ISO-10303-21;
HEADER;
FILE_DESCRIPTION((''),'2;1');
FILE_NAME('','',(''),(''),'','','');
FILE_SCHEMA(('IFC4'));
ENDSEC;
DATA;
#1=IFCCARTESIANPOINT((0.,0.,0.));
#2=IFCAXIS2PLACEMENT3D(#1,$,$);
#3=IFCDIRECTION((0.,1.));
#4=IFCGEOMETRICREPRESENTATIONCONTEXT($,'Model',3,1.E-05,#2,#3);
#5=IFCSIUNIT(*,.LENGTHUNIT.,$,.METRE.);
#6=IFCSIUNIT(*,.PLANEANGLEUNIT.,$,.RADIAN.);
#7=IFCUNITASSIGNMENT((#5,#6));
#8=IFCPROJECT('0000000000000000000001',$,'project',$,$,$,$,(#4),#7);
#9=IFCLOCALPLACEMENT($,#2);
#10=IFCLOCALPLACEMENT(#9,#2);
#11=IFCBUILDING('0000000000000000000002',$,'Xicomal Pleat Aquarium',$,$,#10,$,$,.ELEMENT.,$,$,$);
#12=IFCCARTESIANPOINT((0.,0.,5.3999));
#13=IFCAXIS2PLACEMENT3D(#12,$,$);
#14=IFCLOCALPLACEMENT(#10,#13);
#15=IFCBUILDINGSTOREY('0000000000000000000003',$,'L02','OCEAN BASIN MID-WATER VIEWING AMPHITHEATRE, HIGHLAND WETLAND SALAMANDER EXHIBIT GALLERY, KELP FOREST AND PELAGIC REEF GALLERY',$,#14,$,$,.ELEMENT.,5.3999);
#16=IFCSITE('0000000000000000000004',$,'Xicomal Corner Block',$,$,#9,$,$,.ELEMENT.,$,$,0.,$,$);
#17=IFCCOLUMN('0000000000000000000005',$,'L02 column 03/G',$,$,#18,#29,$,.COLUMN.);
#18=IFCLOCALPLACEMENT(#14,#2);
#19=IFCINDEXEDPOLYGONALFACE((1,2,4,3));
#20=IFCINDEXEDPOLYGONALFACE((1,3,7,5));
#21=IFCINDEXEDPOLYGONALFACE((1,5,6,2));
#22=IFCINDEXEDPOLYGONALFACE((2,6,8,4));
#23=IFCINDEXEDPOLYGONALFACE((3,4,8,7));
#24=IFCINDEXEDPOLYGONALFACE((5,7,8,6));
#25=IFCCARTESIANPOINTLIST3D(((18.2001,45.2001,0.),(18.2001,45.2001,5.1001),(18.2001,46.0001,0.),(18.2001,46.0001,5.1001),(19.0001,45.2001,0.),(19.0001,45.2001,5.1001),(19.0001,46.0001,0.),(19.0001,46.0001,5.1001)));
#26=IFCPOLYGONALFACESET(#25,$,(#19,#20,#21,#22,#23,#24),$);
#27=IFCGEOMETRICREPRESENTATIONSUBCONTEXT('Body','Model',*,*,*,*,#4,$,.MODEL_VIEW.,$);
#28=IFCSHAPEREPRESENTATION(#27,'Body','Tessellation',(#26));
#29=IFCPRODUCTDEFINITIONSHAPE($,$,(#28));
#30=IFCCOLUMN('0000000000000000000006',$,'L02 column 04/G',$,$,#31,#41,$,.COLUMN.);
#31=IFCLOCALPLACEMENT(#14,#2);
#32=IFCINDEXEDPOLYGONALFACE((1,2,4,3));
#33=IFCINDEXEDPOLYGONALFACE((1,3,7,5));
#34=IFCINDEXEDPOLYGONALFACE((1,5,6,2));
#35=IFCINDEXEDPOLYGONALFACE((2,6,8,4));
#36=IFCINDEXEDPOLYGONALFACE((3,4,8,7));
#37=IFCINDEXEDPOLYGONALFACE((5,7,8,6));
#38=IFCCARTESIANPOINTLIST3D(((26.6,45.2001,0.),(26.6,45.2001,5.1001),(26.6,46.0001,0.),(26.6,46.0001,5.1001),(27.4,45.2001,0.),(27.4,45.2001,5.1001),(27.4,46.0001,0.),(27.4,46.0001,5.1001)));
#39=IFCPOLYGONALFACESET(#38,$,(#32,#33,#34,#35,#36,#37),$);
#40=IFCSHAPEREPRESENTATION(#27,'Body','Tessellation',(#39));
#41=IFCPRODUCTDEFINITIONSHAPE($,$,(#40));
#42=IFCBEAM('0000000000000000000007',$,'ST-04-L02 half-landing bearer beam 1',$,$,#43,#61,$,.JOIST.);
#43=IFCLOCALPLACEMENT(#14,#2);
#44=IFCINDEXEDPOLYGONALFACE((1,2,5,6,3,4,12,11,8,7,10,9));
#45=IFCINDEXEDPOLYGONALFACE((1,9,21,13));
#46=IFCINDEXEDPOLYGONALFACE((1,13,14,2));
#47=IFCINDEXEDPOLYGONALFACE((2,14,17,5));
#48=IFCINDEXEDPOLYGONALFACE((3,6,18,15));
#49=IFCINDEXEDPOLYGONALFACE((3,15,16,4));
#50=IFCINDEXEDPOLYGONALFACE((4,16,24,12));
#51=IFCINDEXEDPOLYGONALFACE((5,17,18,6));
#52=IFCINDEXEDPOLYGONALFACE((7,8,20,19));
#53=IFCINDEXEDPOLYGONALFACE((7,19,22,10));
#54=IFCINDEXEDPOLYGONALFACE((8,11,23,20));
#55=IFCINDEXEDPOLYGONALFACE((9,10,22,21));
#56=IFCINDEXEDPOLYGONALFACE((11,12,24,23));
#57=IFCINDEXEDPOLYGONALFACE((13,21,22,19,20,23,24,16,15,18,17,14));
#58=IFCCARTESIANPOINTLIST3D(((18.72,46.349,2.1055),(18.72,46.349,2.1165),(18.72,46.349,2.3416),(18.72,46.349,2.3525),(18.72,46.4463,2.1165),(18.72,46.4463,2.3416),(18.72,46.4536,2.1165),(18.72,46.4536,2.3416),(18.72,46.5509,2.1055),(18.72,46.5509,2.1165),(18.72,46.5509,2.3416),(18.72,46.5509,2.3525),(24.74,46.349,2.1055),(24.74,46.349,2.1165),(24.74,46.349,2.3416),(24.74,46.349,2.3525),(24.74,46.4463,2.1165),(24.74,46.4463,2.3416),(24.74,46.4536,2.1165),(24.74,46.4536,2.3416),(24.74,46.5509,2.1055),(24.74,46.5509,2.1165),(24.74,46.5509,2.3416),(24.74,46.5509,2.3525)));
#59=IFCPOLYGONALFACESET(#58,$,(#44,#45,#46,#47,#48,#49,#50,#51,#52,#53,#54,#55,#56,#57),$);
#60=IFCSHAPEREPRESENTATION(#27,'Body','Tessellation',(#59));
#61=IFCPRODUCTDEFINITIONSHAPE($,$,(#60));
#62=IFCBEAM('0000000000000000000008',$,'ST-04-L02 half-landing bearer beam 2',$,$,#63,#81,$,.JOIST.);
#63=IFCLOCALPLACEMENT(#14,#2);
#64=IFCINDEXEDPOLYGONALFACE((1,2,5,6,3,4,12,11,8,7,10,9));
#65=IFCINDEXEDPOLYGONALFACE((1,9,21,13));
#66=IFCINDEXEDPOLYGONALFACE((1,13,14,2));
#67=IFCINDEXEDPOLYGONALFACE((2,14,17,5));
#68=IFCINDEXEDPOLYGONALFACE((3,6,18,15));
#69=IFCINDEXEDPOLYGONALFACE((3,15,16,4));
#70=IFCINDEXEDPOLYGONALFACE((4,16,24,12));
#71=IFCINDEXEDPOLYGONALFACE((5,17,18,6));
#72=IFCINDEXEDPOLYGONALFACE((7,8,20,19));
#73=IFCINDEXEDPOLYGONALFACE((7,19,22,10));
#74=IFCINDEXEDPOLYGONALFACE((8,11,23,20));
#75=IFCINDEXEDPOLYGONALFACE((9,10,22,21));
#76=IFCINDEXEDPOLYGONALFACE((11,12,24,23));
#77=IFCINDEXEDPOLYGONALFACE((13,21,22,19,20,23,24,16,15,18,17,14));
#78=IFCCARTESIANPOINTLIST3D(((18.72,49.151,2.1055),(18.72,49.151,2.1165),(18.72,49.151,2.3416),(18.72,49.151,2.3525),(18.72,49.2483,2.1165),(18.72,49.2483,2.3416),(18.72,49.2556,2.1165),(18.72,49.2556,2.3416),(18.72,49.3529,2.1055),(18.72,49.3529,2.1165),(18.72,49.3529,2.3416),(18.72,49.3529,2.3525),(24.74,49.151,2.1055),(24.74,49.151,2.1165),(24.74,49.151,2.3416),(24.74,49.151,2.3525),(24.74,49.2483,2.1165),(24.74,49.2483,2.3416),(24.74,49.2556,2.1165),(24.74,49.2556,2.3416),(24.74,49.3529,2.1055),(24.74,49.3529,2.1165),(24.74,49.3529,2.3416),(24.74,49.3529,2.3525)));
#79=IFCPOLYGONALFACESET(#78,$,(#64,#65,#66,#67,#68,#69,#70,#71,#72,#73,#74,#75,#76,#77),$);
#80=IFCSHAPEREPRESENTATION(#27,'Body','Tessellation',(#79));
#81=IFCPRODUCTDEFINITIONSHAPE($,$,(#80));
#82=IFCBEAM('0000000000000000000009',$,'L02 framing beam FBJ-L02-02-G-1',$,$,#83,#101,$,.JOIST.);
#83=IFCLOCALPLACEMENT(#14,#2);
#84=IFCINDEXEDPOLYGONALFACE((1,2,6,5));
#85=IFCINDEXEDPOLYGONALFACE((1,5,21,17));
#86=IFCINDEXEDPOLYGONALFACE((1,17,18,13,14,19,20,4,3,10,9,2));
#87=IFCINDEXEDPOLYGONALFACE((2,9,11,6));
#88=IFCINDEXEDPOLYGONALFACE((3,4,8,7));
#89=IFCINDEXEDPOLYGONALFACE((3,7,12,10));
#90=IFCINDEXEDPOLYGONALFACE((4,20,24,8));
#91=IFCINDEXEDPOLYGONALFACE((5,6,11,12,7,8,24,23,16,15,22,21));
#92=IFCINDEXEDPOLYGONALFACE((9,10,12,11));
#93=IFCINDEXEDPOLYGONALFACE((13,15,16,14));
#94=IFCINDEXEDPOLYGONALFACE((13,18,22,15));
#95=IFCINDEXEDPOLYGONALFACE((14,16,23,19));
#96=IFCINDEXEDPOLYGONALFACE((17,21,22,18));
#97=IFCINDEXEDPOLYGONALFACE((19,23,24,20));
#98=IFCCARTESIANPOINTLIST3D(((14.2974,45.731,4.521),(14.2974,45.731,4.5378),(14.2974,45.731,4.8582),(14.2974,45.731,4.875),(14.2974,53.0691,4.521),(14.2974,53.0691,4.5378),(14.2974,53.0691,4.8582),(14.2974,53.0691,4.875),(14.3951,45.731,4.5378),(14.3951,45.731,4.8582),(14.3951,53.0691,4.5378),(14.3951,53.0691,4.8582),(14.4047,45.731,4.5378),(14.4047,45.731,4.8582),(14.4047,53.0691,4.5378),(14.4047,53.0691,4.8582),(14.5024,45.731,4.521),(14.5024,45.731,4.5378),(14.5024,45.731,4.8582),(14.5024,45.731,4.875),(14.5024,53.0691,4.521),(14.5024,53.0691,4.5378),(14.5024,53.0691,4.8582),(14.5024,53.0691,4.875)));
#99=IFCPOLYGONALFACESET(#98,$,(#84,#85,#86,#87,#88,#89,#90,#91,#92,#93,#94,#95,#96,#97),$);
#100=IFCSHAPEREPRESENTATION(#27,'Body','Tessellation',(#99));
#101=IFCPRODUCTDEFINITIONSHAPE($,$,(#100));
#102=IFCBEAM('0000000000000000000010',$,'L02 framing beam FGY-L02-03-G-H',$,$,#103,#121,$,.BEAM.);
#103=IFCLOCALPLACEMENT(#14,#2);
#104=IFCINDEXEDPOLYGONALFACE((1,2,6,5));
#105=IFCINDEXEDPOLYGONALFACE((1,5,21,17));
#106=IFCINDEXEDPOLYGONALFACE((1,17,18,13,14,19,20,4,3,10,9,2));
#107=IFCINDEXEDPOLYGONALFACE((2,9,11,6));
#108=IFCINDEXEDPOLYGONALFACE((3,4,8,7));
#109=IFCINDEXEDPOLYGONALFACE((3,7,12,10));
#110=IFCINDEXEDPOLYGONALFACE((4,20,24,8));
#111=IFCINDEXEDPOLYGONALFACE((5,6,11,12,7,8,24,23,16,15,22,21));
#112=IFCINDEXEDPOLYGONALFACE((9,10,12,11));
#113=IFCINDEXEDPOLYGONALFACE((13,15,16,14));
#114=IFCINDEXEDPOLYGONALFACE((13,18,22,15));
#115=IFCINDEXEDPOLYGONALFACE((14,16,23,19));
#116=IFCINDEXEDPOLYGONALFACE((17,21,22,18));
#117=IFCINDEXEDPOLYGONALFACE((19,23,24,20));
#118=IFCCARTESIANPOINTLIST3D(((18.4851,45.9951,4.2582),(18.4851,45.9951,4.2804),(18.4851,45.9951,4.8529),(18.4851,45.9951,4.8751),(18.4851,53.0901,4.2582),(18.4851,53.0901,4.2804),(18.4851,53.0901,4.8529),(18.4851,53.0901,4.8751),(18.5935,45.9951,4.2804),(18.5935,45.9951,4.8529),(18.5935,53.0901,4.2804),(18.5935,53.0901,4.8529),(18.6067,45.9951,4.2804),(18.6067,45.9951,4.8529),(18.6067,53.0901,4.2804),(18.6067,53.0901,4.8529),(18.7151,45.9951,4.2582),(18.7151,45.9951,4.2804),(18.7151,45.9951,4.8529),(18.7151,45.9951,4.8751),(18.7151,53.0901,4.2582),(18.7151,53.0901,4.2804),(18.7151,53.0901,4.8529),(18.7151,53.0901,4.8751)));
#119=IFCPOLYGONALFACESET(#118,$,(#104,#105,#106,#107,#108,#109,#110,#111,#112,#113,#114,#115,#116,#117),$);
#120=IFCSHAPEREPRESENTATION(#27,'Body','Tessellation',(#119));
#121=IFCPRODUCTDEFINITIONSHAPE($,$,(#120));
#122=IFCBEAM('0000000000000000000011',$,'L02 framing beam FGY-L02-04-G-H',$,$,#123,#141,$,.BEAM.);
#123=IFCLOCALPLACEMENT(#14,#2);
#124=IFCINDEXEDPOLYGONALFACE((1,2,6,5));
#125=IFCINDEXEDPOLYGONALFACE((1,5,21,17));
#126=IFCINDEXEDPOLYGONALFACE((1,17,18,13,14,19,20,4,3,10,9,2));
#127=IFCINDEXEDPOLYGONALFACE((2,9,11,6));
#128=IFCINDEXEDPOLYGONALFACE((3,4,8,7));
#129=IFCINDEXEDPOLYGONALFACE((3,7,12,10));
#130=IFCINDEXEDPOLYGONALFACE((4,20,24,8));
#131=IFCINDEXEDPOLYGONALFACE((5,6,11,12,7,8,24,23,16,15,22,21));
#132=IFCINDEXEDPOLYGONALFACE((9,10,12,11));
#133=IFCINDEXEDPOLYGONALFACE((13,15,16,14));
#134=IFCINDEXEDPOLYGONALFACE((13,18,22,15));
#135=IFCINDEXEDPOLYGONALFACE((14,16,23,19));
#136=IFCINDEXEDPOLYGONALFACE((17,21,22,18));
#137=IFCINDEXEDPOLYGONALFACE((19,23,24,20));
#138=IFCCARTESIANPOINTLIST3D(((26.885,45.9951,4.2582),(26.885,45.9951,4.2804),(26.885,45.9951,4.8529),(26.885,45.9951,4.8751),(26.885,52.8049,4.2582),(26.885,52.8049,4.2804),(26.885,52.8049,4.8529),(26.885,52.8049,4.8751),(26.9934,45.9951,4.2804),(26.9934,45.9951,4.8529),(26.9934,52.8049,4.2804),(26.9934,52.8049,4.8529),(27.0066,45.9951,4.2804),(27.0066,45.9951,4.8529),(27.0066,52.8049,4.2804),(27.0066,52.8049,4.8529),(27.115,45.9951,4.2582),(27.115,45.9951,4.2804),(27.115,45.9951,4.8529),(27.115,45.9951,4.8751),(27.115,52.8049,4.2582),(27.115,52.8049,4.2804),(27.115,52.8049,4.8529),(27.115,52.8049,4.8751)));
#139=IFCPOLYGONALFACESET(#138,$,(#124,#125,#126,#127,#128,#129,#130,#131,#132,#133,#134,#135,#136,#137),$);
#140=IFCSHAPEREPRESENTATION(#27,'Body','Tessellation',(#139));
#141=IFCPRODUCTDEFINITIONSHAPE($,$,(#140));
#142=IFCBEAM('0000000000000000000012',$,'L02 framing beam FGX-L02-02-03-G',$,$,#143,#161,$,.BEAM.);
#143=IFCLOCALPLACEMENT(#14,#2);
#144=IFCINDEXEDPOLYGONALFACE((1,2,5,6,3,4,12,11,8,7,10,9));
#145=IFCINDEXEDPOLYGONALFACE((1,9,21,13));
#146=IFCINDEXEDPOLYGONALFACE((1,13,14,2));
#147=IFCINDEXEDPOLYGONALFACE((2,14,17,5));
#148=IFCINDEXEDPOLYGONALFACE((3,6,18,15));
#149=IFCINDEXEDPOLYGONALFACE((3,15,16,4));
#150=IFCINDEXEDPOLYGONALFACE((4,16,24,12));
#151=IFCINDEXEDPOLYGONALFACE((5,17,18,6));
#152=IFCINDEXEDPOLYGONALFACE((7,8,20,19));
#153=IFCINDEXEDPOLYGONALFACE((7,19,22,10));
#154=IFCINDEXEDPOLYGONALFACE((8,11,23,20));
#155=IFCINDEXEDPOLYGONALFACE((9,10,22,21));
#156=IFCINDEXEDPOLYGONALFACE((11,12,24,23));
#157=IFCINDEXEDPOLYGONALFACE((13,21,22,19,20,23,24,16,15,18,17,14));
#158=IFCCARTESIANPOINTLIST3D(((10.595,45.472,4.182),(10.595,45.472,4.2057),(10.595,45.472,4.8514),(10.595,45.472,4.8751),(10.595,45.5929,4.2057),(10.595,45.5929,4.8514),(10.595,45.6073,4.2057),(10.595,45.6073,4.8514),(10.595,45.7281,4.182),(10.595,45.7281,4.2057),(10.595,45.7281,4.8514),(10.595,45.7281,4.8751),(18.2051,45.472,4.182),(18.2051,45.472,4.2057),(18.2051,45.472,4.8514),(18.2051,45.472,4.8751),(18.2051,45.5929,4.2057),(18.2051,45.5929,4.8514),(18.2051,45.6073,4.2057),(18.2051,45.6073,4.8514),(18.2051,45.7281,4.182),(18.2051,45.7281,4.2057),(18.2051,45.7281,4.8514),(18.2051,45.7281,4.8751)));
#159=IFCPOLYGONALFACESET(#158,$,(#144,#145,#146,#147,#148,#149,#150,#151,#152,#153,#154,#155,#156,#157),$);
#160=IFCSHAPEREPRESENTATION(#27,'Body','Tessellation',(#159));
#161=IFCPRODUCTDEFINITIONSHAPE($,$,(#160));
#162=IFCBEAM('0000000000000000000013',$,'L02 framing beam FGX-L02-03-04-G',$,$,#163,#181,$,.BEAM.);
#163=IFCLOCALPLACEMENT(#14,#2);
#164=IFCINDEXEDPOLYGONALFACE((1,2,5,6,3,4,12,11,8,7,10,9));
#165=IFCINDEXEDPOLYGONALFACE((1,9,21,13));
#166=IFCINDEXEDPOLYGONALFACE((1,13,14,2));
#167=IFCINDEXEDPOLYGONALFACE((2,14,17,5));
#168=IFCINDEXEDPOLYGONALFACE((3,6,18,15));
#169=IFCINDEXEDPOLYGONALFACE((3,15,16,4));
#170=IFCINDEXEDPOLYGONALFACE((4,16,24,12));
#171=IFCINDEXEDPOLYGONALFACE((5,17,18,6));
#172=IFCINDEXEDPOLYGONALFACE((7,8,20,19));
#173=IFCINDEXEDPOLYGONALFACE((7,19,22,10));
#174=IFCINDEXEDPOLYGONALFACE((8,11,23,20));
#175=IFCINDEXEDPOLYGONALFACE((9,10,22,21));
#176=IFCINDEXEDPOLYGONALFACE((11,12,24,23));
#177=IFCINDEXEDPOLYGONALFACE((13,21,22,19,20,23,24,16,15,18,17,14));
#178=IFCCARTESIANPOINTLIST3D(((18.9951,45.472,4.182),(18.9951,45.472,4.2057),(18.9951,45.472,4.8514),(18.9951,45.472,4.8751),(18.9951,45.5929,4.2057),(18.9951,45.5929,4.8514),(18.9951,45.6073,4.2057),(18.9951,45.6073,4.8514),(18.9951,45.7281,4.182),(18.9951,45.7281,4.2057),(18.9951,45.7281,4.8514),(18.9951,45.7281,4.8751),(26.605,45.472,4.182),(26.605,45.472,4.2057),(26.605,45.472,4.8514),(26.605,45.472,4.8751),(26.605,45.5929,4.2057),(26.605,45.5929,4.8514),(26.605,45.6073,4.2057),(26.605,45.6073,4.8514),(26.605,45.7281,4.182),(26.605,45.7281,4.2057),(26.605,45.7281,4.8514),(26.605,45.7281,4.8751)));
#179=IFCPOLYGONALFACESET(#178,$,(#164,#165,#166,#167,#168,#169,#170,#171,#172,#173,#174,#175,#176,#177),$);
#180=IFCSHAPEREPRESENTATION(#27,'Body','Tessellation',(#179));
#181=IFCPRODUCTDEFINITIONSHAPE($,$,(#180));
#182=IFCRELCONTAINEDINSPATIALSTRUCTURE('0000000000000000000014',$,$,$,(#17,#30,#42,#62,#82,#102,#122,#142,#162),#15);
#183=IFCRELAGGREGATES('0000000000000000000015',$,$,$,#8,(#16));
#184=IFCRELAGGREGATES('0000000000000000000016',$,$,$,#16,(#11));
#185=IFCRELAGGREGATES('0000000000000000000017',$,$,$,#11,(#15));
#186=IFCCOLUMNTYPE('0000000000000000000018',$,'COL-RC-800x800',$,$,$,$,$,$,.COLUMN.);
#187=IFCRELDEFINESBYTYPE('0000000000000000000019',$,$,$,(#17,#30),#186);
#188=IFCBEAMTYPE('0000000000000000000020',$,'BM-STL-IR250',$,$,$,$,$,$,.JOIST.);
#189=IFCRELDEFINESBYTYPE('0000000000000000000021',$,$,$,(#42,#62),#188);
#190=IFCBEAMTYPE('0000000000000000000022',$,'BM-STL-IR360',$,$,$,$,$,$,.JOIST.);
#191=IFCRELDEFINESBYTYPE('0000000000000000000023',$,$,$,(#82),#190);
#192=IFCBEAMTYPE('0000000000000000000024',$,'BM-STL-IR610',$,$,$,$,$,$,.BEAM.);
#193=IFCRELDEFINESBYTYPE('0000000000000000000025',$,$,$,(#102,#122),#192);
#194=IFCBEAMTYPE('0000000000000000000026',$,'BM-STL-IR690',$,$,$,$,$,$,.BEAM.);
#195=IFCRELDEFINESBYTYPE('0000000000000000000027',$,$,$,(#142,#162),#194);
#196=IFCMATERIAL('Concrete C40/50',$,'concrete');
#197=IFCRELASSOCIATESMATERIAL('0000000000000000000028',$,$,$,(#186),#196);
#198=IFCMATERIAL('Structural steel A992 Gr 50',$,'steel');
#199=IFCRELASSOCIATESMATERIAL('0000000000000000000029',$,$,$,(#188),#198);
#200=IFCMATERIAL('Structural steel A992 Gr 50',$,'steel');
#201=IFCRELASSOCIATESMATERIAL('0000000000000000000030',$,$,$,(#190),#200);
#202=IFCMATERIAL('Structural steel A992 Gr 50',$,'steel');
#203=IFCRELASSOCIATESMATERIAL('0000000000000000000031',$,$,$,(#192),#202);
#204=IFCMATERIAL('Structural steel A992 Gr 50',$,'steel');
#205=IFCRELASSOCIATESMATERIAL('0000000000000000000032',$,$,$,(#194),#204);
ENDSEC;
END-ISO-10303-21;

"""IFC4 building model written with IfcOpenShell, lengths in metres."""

from ifc_helpers import new_model, si_unit, direction, frame, origin, origin_2d, place, context, subcontext, project, spatial, rectangle, i_section, extrude, material, material_profile, profile_set, type_object, element, save


model = new_model("IFC4")

# Units and contexts
model_context = context("Model", 3, precision=1e-05, world=origin(), true_north=direction((0.0, 1.0)))
body_context = subcontext(model_context, "Body", "Model", "MODEL_VIEW")
ifc_project = project(units=[si_unit("LENGTHUNIT", "METRE"), si_unit("PLANEANGLEUNIT", "RADIAN")], contexts=[model_context])

# Site, building, storey
site_placement = place(None, origin())
site = spatial("IfcSite", under=ifc_project, at=site_placement, Name="Xicomal Corner Block", CompositionType="ELEMENT", RefElevation=0.0)
building_placement = place(site_placement, origin())
building = spatial("IfcBuilding", under=site, at=building_placement, Name="Xicomal Pleat Aquarium", CompositionType="ELEMENT")
storey_placement = place(building_placement, frame((0.0, 0.0, 5.3999)))
storey = spatial("IfcBuildingStorey", under=building, at=storey_placement, Name="L02", Description="OCEAN BASIN MID-WATER VIEWING AMPHITHEATRE, HIGHLAND WETLAND SALAMANDER EXHIBIT GALLERY, KELP FOREST AND PELAGIC REEF GALLERY", CompositionType="ELEMENT", Elevation=5.3999)

# Columns
ifc_material_1 = material(Name="Concrete C40/50", Category="concrete")
ifc_material_profile_1 = material_profile(ifc_material_1, rectangle(XDim=0.8, YDim=0.8, at=origin_2d()), Name="RC 800x800")
ifc_profile_set_1 = profile_set([ifc_material_profile_1], Name="Concrete C40/50")
column_type = type_object("IfcColumnType", Name="COL-RC-800x800", PredefinedType="COLUMN", material=ifc_profile_set_1)
for number, where, z_axis, x_axis, name in (
    (1, (18.6001, 45.6001, 0.0), (0.0, 0.0, 1.0), (1.0, 0.0, 0.0), "L02 column 03/G"),
    (2, (27.0, 45.6001, 0.0), (0.0, 0.0, 1.0), (1.0, 0.0, 0.0), "L02 column 04/G"),
):
    element("IfcColumn", number, at=place(storey_placement, frame(where, z_axis=z_axis, x_axis=x_axis)), inside=storey, type_object=column_type, Name=name, PredefinedType="COLUMN", context=body_context, shape_type="SweptSolid", body=[
        extrude(rectangle(XDim=0.8, YDim=0.8, at=origin_2d()), origin(), (0.0, 0.0, 1.0), 5.1001),
    ])

# Beams
ifc_material_2 = material(Name="Structural steel A992 Gr 50", Category="steel")
ifc_material_profile_2 = material_profile(ifc_material_2, i_section(OverallWidth=0.2019, OverallDepth=0.2471, WebThickness=0.0073, FlangeThickness=0.011, at=origin_2d()), Name="IR 250x49")
ifc_profile_set_2 = profile_set([ifc_material_profile_2], Name="Structural steel A992 Gr 50")
beam_type_1 = type_object("IfcBeamType", Name="BM-STL-IR250", PredefinedType="JOIST", material=ifc_profile_set_2)
for number, where, z_axis, x_axis, name in (
    (3, (18.72, 46.45, 2.229), (1.0, 0.0, 0.0), (0.0, 1.0, 0.0), "ST-04-L02 half-landing bearer beam 1"),
    (4, (18.72, 49.252, 2.229), (1.0, 0.0, 0.0), (0.0, 1.0, 0.0), "ST-04-L02 half-landing bearer beam 2"),
):
    element("IfcBeam", number, at=place(storey_placement, frame(where, z_axis=z_axis, x_axis=x_axis)), inside=storey, type_object=beam_type_1, Name=name, PredefinedType="JOIST", context=body_context, shape_type="SweptSolid", body=[
        extrude(i_section(OverallWidth=0.2019, OverallDepth=0.2471, WebThickness=0.0073, FlangeThickness=0.011, at=origin_2d()), origin(), (0.0, 0.0, 1.0), 6.02),
    ])
ifc_material_3 = material(Name="Structural steel A992 Gr 50", Category="steel")
ifc_material_profile_3 = material_profile(ifc_material_3, i_section(OverallWidth=0.2051, OverallDepth=0.354, WebThickness=0.0095, FlangeThickness=0.0168, at=origin_2d()), Name="IR 360x79")
ifc_profile_set_3 = profile_set([ifc_material_profile_3], Name="Structural steel A992 Gr 50")
beam_type_2 = type_object("IfcBeamType", Name="BM-STL-IR360", PredefinedType="JOIST", material=ifc_profile_set_3)
beam_1_placement = place(storey_placement, frame((14.3999, 45.731, 4.698), z_axis=(0.0, 1.0, 0.0), x_axis=(-1.0, 0.0, 0.0)))
element("IfcBeam", 5, at=beam_1_placement, inside=storey, type_object=beam_type_2, Name="L02 framing beam FBJ-L02-02-G-1", PredefinedType="JOIST", context=body_context, shape_type="SweptSolid", body=[
    extrude(i_section(OverallWidth=0.2051, OverallDepth=0.354, WebThickness=0.0095, FlangeThickness=0.0168, at=origin_2d()), origin(), (0.0, 0.0, 1.0), 7.3381),
])
ifc_material_4 = material(Name="Structural steel A992 Gr 50", Category="steel")
ifc_material_profile_4 = material_profile(ifc_material_4, i_section(OverallWidth=0.23, OverallDepth=0.6169, WebThickness=0.0132, FlangeThickness=0.0222, at=origin_2d()), Name="IR 610x140")
ifc_profile_set_4 = profile_set([ifc_material_profile_4], Name="Structural steel A992 Gr 50")
beam_type_3 = type_object("IfcBeamType", Name="BM-STL-IR610", PredefinedType="BEAM", material=ifc_profile_set_4)
beam_2_placement = place(storey_placement, frame((18.6001, 45.9951, 4.5667), z_axis=(0.0, 1.0, 0.0), x_axis=(-1.0, 0.0, 0.0)))
element("IfcBeam", 6, at=beam_2_placement, inside=storey, type_object=beam_type_3, Name="L02 framing beam FGY-L02-03-G-H", PredefinedType="BEAM", context=body_context, shape_type="SweptSolid", body=[
    extrude(i_section(OverallWidth=0.23, OverallDepth=0.6169, WebThickness=0.0132, FlangeThickness=0.0222, at=origin_2d()), origin(), (0.0, 0.0, 1.0), 7.095),
])
beam_3_placement = place(storey_placement, frame((27.0, 45.9951, 4.5667), z_axis=(0.0, 1.0, 0.0), x_axis=(-1.0, 0.0, 0.0)))
element("IfcBeam", 7, at=beam_3_placement, inside=storey, type_object=beam_type_3, Name="L02 framing beam FGY-L02-04-G-H", PredefinedType="BEAM", context=body_context, shape_type="SweptSolid", body=[
    extrude(i_section(OverallWidth=0.23, OverallDepth=0.6169, WebThickness=0.0132, FlangeThickness=0.0222, at=origin_2d()), origin(), (0.0, 0.0, 1.0), 6.8098),
])
ifc_material_5 = material(Name="Structural steel A992 Gr 50", Category="steel")
ifc_material_profile_5 = material_profile(ifc_material_5, i_section(OverallWidth=0.2561, OverallDepth=0.6931, WebThickness=0.0144, FlangeThickness=0.0237, at=origin_2d()), Name="IR 690x170")
ifc_profile_set_5 = profile_set([ifc_material_profile_5], Name="Structural steel A992 Gr 50")
beam_type_4 = type_object("IfcBeamType", Name="BM-STL-IR690", PredefinedType="BEAM", material=ifc_profile_set_5)
beam_4_placement = place(storey_placement, frame((10.595, 45.6001, 4.5286), z_axis=(1.0, 0.0, 0.0), x_axis=(0.0, 1.0, 0.0)))
element("IfcBeam", 8, at=beam_4_placement, inside=storey, type_object=beam_type_4, Name="L02 framing beam FGX-L02-02-03-G", PredefinedType="BEAM", context=body_context, shape_type="SweptSolid", body=[
    extrude(i_section(OverallWidth=0.2561, OverallDepth=0.6931, WebThickness=0.0144, FlangeThickness=0.0237, at=origin_2d()), origin(), (0.0, 0.0, 1.0), 7.6101),
])
beam_5_placement = place(storey_placement, frame((18.9951, 45.6001, 4.5286), z_axis=(1.0, 0.0, 0.0), x_axis=(0.0, 1.0, 0.0)))
element("IfcBeam", 9, at=beam_5_placement, inside=storey, type_object=beam_type_4, Name="L02 framing beam FGX-L02-03-04-G", PredefinedType="BEAM", context=body_context, shape_type="SweptSolid", body=[
    extrude(i_section(OverallWidth=0.2561, OverallDepth=0.6931, WebThickness=0.0144, FlangeThickness=0.0237, at=origin_2d()), origin(), (0.0, 0.0, 1.0), 7.6099),
])

save(model, "model.ifc")
